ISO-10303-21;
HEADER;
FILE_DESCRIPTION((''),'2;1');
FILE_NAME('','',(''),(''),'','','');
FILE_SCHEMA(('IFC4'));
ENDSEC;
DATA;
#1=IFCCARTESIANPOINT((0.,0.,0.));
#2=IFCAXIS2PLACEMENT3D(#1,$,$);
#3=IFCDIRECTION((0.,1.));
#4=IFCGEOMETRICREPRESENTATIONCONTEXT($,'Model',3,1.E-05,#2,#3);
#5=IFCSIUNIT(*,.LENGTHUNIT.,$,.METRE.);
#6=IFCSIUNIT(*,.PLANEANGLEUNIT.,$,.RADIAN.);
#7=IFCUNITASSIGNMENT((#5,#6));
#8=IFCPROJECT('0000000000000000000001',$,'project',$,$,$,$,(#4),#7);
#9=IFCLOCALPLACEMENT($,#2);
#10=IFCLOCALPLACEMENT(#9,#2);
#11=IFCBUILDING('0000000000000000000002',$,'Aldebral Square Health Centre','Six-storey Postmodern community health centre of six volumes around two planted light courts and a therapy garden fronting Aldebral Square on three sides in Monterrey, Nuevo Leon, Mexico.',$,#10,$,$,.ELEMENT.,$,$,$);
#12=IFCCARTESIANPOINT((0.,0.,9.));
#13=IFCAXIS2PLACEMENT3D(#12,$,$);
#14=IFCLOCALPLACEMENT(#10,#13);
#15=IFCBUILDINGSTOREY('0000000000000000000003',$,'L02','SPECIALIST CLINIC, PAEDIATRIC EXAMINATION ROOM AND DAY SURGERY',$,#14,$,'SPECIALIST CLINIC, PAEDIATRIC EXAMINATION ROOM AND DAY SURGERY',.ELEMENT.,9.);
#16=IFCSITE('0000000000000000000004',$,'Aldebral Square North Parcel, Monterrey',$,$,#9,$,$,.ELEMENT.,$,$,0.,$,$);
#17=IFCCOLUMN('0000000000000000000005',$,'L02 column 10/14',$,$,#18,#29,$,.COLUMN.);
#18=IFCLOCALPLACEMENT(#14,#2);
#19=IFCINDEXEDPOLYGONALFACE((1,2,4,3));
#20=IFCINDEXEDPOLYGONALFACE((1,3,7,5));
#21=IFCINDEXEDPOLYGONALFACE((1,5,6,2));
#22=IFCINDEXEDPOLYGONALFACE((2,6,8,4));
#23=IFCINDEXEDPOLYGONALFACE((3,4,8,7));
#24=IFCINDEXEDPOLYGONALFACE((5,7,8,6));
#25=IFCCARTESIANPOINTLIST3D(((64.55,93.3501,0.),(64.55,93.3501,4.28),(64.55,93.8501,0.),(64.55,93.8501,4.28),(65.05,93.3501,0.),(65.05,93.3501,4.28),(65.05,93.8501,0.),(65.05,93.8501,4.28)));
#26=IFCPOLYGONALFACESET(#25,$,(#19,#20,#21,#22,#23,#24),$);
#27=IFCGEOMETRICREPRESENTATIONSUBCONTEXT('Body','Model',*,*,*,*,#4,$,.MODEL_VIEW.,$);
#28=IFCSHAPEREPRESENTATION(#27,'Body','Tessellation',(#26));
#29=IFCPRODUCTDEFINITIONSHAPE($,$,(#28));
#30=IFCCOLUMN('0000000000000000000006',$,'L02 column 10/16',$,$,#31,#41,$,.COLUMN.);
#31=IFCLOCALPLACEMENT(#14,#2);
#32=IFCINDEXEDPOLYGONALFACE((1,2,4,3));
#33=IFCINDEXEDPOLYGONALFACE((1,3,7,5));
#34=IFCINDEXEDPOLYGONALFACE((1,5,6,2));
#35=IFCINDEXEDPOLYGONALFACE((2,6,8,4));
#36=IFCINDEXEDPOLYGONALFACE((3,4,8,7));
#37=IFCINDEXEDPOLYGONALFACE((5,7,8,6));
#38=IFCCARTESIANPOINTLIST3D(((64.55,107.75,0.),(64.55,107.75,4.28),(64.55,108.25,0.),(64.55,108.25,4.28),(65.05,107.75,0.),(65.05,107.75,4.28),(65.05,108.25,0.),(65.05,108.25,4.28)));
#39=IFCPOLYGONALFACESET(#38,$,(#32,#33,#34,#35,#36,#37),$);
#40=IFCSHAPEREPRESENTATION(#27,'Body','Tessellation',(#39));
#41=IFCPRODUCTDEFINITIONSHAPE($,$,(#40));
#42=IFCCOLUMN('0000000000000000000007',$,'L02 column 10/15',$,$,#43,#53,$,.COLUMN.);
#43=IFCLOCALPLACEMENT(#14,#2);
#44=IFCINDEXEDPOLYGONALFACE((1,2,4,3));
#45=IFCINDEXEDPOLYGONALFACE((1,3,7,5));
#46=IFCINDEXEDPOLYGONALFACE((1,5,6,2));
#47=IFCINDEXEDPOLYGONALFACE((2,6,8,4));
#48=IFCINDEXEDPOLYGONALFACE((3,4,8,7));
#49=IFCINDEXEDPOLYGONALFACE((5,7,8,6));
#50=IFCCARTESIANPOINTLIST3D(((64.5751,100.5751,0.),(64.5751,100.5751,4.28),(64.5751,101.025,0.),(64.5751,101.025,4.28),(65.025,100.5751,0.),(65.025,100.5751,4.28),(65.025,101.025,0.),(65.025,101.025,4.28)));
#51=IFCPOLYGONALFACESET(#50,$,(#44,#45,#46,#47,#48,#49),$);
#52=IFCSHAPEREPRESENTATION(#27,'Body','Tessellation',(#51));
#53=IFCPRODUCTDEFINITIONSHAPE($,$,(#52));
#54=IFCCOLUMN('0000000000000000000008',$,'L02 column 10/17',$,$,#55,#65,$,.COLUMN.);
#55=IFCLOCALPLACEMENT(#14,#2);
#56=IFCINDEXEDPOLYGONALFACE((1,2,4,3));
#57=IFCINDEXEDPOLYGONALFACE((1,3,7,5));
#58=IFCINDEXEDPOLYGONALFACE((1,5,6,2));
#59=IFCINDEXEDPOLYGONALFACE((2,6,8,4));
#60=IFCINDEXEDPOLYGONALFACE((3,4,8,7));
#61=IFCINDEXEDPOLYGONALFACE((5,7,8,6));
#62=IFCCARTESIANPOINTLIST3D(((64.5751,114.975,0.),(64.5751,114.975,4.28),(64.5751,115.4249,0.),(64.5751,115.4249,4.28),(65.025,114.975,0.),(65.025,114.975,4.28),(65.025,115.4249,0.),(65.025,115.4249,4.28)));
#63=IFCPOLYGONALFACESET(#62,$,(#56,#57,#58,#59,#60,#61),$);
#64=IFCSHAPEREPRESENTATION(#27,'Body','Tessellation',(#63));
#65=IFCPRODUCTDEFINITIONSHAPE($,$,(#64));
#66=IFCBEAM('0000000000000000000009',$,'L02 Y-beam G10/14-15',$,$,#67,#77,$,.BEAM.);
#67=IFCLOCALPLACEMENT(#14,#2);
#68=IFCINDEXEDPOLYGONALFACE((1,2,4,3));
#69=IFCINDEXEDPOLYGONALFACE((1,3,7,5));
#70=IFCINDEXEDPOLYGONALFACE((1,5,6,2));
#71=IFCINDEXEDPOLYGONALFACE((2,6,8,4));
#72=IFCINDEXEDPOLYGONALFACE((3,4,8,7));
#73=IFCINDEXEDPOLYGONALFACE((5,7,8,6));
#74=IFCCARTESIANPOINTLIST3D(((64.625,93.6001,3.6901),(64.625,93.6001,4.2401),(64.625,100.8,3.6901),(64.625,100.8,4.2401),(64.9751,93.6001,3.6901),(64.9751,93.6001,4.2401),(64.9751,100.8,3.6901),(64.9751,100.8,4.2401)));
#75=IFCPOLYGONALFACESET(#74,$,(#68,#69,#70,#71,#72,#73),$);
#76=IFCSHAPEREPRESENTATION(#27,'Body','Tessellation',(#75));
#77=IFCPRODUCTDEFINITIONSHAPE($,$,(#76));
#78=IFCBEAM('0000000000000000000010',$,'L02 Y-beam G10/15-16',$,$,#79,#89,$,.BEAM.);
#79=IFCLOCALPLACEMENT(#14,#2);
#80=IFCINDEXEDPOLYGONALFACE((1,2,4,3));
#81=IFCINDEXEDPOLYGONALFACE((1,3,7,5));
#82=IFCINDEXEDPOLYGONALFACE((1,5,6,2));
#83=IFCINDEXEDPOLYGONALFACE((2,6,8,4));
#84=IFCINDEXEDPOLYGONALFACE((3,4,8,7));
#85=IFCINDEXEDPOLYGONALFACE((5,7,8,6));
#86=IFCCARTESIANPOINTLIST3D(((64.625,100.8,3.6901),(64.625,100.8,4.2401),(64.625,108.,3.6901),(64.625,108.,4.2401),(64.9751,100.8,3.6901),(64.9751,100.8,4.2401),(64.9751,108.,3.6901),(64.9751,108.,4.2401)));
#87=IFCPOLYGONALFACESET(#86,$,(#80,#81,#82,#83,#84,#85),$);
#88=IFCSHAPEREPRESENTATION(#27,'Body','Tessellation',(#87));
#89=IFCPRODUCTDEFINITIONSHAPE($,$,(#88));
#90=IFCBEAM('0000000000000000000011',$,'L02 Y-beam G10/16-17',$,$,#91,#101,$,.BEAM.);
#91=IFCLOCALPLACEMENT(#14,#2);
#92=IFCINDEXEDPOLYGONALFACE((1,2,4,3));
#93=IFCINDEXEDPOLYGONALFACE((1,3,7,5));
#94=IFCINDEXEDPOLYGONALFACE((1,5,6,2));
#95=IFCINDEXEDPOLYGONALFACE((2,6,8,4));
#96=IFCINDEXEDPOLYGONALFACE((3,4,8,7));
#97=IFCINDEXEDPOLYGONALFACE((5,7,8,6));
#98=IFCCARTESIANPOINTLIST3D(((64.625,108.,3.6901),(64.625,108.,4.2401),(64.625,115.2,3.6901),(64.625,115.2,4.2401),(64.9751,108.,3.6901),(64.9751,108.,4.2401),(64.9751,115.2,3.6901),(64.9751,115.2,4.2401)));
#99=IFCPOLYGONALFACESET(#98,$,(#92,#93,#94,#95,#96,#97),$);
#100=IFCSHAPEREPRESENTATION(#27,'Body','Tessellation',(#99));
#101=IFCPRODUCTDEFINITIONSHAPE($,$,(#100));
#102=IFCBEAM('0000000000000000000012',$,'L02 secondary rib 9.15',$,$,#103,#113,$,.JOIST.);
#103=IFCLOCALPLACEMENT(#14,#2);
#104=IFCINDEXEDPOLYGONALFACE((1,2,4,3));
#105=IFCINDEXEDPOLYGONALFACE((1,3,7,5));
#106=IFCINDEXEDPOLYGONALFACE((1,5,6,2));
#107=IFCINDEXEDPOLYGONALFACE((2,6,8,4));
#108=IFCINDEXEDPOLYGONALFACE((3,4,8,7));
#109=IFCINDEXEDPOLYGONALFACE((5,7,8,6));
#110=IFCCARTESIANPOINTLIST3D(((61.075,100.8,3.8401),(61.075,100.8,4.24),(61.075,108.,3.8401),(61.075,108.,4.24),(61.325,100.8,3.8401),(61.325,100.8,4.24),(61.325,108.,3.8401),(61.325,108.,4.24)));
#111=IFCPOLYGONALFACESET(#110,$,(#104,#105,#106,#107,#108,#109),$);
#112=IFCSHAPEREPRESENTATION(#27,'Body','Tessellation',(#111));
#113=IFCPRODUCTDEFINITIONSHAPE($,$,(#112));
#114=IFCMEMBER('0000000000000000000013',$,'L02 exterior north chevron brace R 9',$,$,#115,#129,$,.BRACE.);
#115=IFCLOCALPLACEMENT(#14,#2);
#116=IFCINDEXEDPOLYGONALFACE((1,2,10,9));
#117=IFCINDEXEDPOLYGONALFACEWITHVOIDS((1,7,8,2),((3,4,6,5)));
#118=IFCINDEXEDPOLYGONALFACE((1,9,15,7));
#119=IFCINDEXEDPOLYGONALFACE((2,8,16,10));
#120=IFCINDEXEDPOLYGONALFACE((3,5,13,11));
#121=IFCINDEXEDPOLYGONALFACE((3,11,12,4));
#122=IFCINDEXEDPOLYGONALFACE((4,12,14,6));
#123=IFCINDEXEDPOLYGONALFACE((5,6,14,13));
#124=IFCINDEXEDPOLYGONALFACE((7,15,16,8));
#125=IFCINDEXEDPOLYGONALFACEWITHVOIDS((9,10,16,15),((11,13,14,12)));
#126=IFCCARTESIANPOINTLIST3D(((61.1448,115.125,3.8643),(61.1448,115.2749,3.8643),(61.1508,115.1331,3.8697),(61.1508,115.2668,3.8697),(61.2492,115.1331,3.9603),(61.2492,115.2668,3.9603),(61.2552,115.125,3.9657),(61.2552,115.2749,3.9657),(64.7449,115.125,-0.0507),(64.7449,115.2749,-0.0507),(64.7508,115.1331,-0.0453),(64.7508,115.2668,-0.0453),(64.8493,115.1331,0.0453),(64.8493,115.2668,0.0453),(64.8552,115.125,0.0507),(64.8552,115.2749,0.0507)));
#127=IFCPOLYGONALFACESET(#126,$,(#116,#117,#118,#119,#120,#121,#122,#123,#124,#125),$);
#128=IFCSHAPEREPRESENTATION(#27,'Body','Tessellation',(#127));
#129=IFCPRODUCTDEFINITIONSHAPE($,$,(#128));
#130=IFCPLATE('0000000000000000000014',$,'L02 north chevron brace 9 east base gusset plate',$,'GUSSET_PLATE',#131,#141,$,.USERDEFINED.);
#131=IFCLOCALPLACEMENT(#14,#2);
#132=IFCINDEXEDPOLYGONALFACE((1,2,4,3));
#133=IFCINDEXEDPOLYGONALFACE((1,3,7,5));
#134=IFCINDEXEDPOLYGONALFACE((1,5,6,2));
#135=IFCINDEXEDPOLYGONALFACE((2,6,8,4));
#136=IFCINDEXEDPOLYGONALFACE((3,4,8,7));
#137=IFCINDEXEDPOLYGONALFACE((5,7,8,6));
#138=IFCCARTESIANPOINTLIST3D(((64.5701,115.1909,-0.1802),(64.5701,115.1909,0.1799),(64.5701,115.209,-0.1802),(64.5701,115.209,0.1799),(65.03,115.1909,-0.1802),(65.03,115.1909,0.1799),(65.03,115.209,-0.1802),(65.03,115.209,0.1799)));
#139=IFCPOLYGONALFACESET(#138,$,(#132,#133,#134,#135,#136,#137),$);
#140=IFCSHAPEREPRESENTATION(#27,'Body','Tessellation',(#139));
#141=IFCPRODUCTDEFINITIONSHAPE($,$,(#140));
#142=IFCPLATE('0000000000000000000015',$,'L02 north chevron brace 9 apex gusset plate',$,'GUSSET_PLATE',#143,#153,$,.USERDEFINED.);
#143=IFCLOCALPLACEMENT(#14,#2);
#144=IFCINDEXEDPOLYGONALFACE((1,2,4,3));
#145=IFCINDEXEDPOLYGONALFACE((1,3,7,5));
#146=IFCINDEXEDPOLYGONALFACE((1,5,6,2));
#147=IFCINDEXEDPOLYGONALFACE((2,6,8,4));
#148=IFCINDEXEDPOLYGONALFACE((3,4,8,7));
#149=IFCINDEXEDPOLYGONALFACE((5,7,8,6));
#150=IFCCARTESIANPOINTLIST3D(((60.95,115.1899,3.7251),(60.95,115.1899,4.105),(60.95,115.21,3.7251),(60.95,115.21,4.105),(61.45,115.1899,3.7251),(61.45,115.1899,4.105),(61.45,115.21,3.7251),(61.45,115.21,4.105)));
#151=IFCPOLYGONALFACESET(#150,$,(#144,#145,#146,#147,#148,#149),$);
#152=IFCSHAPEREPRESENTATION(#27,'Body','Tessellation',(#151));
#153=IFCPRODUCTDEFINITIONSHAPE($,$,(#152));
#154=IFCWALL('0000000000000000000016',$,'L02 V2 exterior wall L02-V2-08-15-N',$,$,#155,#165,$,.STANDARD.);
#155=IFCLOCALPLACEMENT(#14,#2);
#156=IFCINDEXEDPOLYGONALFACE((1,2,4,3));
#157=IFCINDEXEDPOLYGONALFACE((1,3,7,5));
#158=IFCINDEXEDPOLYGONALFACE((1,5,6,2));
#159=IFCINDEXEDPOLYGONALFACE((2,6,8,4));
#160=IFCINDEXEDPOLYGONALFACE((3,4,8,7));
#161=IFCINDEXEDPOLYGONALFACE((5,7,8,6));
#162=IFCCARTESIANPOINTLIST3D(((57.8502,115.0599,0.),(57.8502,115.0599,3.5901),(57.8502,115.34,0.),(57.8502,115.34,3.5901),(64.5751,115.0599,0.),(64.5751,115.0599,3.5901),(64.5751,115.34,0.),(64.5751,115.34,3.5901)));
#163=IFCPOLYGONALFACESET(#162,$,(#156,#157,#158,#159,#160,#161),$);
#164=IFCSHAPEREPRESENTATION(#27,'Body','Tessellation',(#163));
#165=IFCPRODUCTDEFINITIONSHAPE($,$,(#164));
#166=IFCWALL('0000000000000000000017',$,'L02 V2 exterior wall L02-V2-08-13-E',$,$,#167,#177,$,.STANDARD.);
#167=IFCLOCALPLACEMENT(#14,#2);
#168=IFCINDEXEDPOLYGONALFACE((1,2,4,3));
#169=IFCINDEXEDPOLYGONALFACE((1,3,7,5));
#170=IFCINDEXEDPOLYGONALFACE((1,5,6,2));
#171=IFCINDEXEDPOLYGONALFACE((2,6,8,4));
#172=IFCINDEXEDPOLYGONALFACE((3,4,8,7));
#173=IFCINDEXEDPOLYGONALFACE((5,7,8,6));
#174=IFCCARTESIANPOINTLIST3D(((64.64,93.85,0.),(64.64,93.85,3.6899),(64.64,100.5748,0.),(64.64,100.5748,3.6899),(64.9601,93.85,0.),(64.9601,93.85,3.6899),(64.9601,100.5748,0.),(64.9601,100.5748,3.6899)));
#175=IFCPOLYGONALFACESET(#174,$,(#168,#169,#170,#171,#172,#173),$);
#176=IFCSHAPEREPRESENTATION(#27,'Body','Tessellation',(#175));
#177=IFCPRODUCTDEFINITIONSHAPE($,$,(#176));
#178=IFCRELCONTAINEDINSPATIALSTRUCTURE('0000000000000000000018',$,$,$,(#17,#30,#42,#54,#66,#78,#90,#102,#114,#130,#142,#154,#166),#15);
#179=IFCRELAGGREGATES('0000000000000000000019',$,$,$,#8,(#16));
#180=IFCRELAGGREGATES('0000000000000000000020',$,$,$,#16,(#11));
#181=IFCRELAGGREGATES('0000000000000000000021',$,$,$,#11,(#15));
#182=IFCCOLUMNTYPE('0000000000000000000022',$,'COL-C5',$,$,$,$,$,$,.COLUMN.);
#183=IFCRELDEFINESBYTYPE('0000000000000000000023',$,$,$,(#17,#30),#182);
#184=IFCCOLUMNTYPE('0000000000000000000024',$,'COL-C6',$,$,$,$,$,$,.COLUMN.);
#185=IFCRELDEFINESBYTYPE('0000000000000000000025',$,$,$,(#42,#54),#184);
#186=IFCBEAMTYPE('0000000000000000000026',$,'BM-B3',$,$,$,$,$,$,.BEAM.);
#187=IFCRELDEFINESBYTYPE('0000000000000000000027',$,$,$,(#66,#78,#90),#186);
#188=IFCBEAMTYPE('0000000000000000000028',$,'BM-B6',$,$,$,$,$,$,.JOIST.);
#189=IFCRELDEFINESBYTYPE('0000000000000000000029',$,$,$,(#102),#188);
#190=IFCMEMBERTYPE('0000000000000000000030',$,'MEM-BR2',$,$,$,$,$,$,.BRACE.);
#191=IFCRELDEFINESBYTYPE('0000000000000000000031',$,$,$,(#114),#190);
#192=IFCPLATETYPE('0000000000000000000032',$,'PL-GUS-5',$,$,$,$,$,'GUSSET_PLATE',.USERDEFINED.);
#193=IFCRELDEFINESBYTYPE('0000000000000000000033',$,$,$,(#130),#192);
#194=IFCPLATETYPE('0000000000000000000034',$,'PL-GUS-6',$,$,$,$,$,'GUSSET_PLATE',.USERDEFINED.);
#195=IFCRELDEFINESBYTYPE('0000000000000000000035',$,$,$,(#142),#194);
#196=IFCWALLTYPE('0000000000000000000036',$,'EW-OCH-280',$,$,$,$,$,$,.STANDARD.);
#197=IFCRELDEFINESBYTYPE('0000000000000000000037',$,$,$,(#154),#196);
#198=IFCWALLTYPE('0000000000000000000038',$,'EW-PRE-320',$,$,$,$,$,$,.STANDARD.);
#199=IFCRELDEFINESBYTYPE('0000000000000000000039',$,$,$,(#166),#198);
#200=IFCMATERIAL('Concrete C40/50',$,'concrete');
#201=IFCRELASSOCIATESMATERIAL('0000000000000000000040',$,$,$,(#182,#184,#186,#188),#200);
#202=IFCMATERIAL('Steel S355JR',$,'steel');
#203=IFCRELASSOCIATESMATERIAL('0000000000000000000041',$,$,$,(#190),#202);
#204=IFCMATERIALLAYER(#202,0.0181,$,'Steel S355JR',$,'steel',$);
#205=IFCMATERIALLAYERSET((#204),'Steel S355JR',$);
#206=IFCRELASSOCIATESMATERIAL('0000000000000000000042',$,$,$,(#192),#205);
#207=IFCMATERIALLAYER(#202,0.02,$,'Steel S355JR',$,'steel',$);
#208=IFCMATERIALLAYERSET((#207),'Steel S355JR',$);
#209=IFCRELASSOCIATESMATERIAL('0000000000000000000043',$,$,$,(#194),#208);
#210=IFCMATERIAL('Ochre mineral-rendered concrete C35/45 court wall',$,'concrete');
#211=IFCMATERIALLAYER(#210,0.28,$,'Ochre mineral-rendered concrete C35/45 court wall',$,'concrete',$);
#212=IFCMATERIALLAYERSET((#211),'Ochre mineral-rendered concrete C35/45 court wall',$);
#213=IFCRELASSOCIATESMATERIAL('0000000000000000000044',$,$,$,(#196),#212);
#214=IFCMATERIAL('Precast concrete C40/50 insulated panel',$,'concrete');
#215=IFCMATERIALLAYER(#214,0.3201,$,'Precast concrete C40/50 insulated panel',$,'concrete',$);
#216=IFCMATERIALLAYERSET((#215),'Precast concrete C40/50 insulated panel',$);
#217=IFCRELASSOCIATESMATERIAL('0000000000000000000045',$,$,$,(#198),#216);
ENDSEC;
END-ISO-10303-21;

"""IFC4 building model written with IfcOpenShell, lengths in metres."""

from ifc_helpers import new_model, si_unit, direction, frame, frame_2d, origin, origin_2d, place, context, subcontext, project, spatial, rectangle, hollow_rectangle, extrude, material, layer, layer_set, material_profile, profile_set, type_object, element, save


model = new_model("IFC4")

# Units and contexts
model_context = context("Model", 3, precision=1e-05, world=origin(), true_north=direction((0.0, 1.0)))
body_context = subcontext(model_context, "Body", "Model", "MODEL_VIEW")
ifc_project = project(units=[si_unit("LENGTHUNIT", "METRE"), si_unit("PLANEANGLEUNIT", "RADIAN")], contexts=[model_context])

# Site, building, storey
site_placement = place(None, origin())
site = spatial("IfcSite", under=ifc_project, at=site_placement, Name="Aldebral Square North Parcel, Monterrey", CompositionType="ELEMENT", RefElevation=0.0)
building_placement = place(site_placement, origin())
building = spatial("IfcBuilding", under=site, at=building_placement, Name="Aldebral Square Health Centre", Description="Six-storey Postmodern community health centre of six volumes around two planted light courts and a therapy garden fronting Aldebral Square on three sides in Monterrey, Nuevo Leon, Mexico.", CompositionType="ELEMENT")
storey_placement = place(building_placement, frame((0.0, 0.0, 9.0)))
storey = spatial("IfcBuildingStorey", under=building, at=storey_placement, Name="L02", Description="SPECIALIST CLINIC, PAEDIATRIC EXAMINATION ROOM AND DAY SURGERY", LongName="SPECIALIST CLINIC, PAEDIATRIC EXAMINATION ROOM AND DAY SURGERY", CompositionType="ELEMENT", Elevation=9.0)

# Columns
ifc_material_1 = material(Name="Concrete C40/50", Category="concrete")
ifc_material_profile_1 = material_profile(ifc_material_1, rectangle(XDim=0.5, YDim=0.5, at=origin_2d()), Name="RC 500x500")
ifc_profile_set_1 = profile_set([ifc_material_profile_1], Name="Concrete C40/50")
column_type_1 = type_object("IfcColumnType", Name="COL-C5", PredefinedType="COLUMN", material=ifc_profile_set_1)
for number, where, z_axis, x_axis, name in (
    (1, (64.8, 93.6001, 0.0), (0.0, 0.0, 1.0), (1.0, 0.0, 0.0), "L02 column 10/14"),
    (2, (64.8, 108.0, 0.0), (0.0, 0.0, 1.0), (1.0, 0.0, 0.0), "L02 column 10/16"),
):
    element("IfcColumn", number, at=place(storey_placement, frame(where, z_axis=z_axis, x_axis=x_axis)), inside=storey, type_object=column_type_1, Name=name, PredefinedType="COLUMN", context=body_context, shape_type="SweptSolid", body=[
        extrude(rectangle(XDim=0.5, YDim=0.5, at=origin_2d()), origin(), (0.0, 0.0, 1.0), 4.28),
    ])
ifc_material_profile_2 = material_profile(ifc_material_1, rectangle(XDim=0.45, YDim=0.45, at=origin_2d()), Name="RC 450x450")
ifc_profile_set_2 = profile_set([ifc_material_profile_2], Name="Concrete C40/50")
column_type_2 = type_object("IfcColumnType", Name="COL-C6", PredefinedType="COLUMN", material=ifc_profile_set_2)
for number, where, z_axis, x_axis, name in (
    (3, (64.8, 100.8, 0.0), (0.0, 0.0, 1.0), (1.0, 0.0, 0.0), "L02 column 10/15"),
    (4, (64.8, 115.2, 0.0), (0.0, 0.0, 1.0), (1.0, 0.0, 0.0), "L02 column 10/17"),
):
    element("IfcColumn", number, at=place(storey_placement, frame(where, z_axis=z_axis, x_axis=x_axis)), inside=storey, type_object=column_type_2, Name=name, PredefinedType="COLUMN", context=body_context, shape_type="SweptSolid", body=[
        extrude(rectangle(XDim=0.45, YDim=0.45, at=origin_2d()), origin(), (0.0, 0.0, 1.0), 4.28),
    ])

# Beams
ifc_material_profile_3 = material_profile(ifc_material_1, rectangle(XDim=0.3501, YDim=0.55, at=origin_2d()), Name="RC 350x550")
ifc_profile_set_3 = profile_set([ifc_material_profile_3], Name="Concrete C40/50")
beam_type_1 = type_object("IfcBeamType", Name="BM-B3", PredefinedType="BEAM", material=ifc_profile_set_3)
for number, where, z_axis, x_axis, name in (
    (5, (64.8, 93.6001, 3.9651), (0.0, 1.0, 0.0), (-1.0, 0.0, 0.0), "L02 Y-beam G10/14-15"),
    (6, (64.8, 100.8, 3.9651), (0.0, 1.0, 0.0), (-1.0, 0.0, 0.0), "L02 Y-beam G10/15-16"),
    (7, (64.8, 108.0, 3.9651), (0.0, 1.0, 0.0), (-1.0, 0.0, 0.0), "L02 Y-beam G10/16-17"),
):
    element("IfcBeam", number, at=place(storey_placement, frame(where, z_axis=z_axis, x_axis=x_axis)), inside=storey, type_object=beam_type_1, Name=name, PredefinedType="BEAM", context=body_context, shape_type="SweptSolid", body=[
        extrude(rectangle(XDim=0.3501, YDim=0.55, at=origin_2d()), origin(), (0.0, 0.0, 1.0), 7.2),
    ])
ifc_material_profile_4 = material_profile(ifc_material_1, rectangle(XDim=0.25, YDim=0.3999, at=origin_2d()), Name="RC 250x400")
ifc_profile_set_4 = profile_set([ifc_material_profile_4], Name="Concrete C40/50")
beam_type_2 = type_object("IfcBeamType", Name="BM-B6", PredefinedType="JOIST", material=ifc_profile_set_4)
beam_placement = place(storey_placement, frame((61.2, 100.8, 4.04), z_axis=(0.0, 1.0, 0.0), x_axis=(-1.0, 0.0, 0.0)))
element("IfcBeam", 8, at=beam_placement, inside=storey, type_object=beam_type_2, Name="L02 secondary rib 9.15", PredefinedType="JOIST", context=body_context, shape_type="SweptSolid", body=[
    extrude(rectangle(XDim=0.25, YDim=0.3999, at=origin_2d()), origin(), (0.0, 0.0, 1.0), 7.2),
])

# Member
ifc_material_2 = material(Name="Steel S355JR", Category="steel")
ifc_material_profile_5 = material_profile(ifc_material_2, hollow_rectangle(XDim=0.1499, YDim=0.1499, WallThickness=0.0081, at=origin_2d()), Name="150x150x8 SHS")
ifc_profile_set_5 = profile_set([ifc_material_profile_5], Name="Steel S355JR")
member_type = type_object("IfcMemberType", Name="MEM-BR2", PredefinedType="BRACE", material=ifc_profile_set_5)
member_placement = place(storey_placement, frame((64.8, 115.2, 0.0), z_axis=(-0.67688, 0.0, 0.736094), x_axis=(0.0, -1.0, 0.0)))
element("IfcMember", 9, at=member_placement, inside=storey, type_object=member_type, Name="L02 exterior north chevron brace R 9", PredefinedType="BRACE", context=body_context, shape_type="SweptSolid", body=[
    extrude(hollow_rectangle(XDim=0.1499, YDim=0.1499, WallThickness=0.0081, at=origin_2d()), origin(), (0.0, 0.0, 1.0), 5.3186),
])

# Plates
ifc_layer_1 = layer(ifc_material_2, 0.0181, Name="Steel S355JR", Category="steel")
ifc_layer_set_1 = layer_set([ifc_layer_1], Name="Steel S355JR")
plate_type_1 = type_object("IfcPlateType", Name="PL-GUS-5", ElementType="GUSSET_PLATE", PredefinedType="USERDEFINED", material=ifc_layer_set_1)
plate_1_placement = place(storey_placement, frame((64.8, 115.2, -0.1802), z_axis=(0.0, 0.0, 1.0), x_axis=(1.0, 0.0, 0.0)))
element("IfcPlate", 10, at=plate_1_placement, inside=storey, type_object=plate_type_1, Name="L02 north chevron brace 9 east base gusset plate", ObjectType="GUSSET_PLATE", PredefinedType="USERDEFINED", context=body_context, shape_type="SweptSolid", body=[
    extrude(rectangle(XDim=0.46, YDim=0.0181, at=origin_2d()), origin(), (0.0, 0.0, 1.0), 0.3601),
])
ifc_layer_2 = layer(ifc_material_2, 0.02, Name="Steel S355JR", Category="steel")
ifc_layer_set_2 = layer_set([ifc_layer_2], Name="Steel S355JR")
plate_type_2 = type_object("IfcPlateType", Name="PL-GUS-6", ElementType="GUSSET_PLATE", PredefinedType="USERDEFINED", material=ifc_layer_set_2)
plate_2_placement = place(storey_placement, frame((61.2, 115.2, 3.7251), z_axis=(0.0, 0.0, 1.0), x_axis=(1.0, 0.0, 0.0)))
element("IfcPlate", 11, at=plate_2_placement, inside=storey, type_object=plate_type_2, Name="L02 north chevron brace 9 apex gusset plate", ObjectType="GUSSET_PLATE", PredefinedType="USERDEFINED", context=body_context, shape_type="SweptSolid", body=[
    extrude(rectangle(XDim=0.5, YDim=0.02, at=origin_2d()), origin(), (0.0, 0.0, 1.0), 0.3799),
])

# Walls
ifc_material_3 = material(Name="Ochre mineral-rendered concrete C35/45 court wall", Category="concrete")
ifc_layer_3 = layer(ifc_material_3, 0.28, Name="Ochre mineral-rendered concrete C35/45 court wall", Category="concrete")
ifc_layer_set_3 = layer_set([ifc_layer_3], Name="Ochre mineral-rendered concrete C35/45 court wall")
wall_type_1 = type_object("IfcWallType", Name="EW-OCH-280", PredefinedType="STANDARD", material=ifc_layer_set_3)
wall_1_placement = place(storey_placement, frame((64.575, 115.2, 0.0), z_axis=(0.0, 0.0, 1.0), x_axis=(-1.0, 0.0, 0.0)))
element("IfcWall", 12, at=wall_1_placement, inside=storey, type_object=wall_type_1, Name="L02 V2 exterior wall L02-V2-08-15-N", PredefinedType="STANDARD", context=body_context, shape_type="SweptSolid", body=[
    extrude(rectangle(XDim=6.7249, YDim=0.28, at=frame_2d((3.3623, 0.0))), origin(), (0.0, 0.0, 1.0), 3.5901),
])
ifc_material_4 = material(Name="Precast concrete C40/50 insulated panel", Category="concrete")
ifc_layer_4 = layer(ifc_material_4, 0.3201, Name="Precast concrete C40/50 insulated panel", Category="concrete")
ifc_layer_set_4 = layer_set([ifc_layer_4], Name="Precast concrete C40/50 insulated panel")
wall_type_2 = type_object("IfcWallType", Name="EW-PRE-320", PredefinedType="STANDARD", material=ifc_layer_set_4)
wall_2_placement = place(storey_placement, frame((64.8, 93.8501, 0.0), z_axis=(0.0, 0.0, 1.0), x_axis=(0.0, 1.0, 0.0)))
element("IfcWall", 13, at=wall_2_placement, inside=storey, type_object=wall_type_2, Name="L02 V2 exterior wall L02-V2-08-13-E", PredefinedType="STANDARD", context=body_context, shape_type="SweptSolid", body=[
    extrude(rectangle(XDim=6.7249, YDim=0.3201, at=frame_2d((3.3623, 0.0))), origin(), (0.0, 0.0, 1.0), 3.6899),
])

save(model, "model.ifc")
